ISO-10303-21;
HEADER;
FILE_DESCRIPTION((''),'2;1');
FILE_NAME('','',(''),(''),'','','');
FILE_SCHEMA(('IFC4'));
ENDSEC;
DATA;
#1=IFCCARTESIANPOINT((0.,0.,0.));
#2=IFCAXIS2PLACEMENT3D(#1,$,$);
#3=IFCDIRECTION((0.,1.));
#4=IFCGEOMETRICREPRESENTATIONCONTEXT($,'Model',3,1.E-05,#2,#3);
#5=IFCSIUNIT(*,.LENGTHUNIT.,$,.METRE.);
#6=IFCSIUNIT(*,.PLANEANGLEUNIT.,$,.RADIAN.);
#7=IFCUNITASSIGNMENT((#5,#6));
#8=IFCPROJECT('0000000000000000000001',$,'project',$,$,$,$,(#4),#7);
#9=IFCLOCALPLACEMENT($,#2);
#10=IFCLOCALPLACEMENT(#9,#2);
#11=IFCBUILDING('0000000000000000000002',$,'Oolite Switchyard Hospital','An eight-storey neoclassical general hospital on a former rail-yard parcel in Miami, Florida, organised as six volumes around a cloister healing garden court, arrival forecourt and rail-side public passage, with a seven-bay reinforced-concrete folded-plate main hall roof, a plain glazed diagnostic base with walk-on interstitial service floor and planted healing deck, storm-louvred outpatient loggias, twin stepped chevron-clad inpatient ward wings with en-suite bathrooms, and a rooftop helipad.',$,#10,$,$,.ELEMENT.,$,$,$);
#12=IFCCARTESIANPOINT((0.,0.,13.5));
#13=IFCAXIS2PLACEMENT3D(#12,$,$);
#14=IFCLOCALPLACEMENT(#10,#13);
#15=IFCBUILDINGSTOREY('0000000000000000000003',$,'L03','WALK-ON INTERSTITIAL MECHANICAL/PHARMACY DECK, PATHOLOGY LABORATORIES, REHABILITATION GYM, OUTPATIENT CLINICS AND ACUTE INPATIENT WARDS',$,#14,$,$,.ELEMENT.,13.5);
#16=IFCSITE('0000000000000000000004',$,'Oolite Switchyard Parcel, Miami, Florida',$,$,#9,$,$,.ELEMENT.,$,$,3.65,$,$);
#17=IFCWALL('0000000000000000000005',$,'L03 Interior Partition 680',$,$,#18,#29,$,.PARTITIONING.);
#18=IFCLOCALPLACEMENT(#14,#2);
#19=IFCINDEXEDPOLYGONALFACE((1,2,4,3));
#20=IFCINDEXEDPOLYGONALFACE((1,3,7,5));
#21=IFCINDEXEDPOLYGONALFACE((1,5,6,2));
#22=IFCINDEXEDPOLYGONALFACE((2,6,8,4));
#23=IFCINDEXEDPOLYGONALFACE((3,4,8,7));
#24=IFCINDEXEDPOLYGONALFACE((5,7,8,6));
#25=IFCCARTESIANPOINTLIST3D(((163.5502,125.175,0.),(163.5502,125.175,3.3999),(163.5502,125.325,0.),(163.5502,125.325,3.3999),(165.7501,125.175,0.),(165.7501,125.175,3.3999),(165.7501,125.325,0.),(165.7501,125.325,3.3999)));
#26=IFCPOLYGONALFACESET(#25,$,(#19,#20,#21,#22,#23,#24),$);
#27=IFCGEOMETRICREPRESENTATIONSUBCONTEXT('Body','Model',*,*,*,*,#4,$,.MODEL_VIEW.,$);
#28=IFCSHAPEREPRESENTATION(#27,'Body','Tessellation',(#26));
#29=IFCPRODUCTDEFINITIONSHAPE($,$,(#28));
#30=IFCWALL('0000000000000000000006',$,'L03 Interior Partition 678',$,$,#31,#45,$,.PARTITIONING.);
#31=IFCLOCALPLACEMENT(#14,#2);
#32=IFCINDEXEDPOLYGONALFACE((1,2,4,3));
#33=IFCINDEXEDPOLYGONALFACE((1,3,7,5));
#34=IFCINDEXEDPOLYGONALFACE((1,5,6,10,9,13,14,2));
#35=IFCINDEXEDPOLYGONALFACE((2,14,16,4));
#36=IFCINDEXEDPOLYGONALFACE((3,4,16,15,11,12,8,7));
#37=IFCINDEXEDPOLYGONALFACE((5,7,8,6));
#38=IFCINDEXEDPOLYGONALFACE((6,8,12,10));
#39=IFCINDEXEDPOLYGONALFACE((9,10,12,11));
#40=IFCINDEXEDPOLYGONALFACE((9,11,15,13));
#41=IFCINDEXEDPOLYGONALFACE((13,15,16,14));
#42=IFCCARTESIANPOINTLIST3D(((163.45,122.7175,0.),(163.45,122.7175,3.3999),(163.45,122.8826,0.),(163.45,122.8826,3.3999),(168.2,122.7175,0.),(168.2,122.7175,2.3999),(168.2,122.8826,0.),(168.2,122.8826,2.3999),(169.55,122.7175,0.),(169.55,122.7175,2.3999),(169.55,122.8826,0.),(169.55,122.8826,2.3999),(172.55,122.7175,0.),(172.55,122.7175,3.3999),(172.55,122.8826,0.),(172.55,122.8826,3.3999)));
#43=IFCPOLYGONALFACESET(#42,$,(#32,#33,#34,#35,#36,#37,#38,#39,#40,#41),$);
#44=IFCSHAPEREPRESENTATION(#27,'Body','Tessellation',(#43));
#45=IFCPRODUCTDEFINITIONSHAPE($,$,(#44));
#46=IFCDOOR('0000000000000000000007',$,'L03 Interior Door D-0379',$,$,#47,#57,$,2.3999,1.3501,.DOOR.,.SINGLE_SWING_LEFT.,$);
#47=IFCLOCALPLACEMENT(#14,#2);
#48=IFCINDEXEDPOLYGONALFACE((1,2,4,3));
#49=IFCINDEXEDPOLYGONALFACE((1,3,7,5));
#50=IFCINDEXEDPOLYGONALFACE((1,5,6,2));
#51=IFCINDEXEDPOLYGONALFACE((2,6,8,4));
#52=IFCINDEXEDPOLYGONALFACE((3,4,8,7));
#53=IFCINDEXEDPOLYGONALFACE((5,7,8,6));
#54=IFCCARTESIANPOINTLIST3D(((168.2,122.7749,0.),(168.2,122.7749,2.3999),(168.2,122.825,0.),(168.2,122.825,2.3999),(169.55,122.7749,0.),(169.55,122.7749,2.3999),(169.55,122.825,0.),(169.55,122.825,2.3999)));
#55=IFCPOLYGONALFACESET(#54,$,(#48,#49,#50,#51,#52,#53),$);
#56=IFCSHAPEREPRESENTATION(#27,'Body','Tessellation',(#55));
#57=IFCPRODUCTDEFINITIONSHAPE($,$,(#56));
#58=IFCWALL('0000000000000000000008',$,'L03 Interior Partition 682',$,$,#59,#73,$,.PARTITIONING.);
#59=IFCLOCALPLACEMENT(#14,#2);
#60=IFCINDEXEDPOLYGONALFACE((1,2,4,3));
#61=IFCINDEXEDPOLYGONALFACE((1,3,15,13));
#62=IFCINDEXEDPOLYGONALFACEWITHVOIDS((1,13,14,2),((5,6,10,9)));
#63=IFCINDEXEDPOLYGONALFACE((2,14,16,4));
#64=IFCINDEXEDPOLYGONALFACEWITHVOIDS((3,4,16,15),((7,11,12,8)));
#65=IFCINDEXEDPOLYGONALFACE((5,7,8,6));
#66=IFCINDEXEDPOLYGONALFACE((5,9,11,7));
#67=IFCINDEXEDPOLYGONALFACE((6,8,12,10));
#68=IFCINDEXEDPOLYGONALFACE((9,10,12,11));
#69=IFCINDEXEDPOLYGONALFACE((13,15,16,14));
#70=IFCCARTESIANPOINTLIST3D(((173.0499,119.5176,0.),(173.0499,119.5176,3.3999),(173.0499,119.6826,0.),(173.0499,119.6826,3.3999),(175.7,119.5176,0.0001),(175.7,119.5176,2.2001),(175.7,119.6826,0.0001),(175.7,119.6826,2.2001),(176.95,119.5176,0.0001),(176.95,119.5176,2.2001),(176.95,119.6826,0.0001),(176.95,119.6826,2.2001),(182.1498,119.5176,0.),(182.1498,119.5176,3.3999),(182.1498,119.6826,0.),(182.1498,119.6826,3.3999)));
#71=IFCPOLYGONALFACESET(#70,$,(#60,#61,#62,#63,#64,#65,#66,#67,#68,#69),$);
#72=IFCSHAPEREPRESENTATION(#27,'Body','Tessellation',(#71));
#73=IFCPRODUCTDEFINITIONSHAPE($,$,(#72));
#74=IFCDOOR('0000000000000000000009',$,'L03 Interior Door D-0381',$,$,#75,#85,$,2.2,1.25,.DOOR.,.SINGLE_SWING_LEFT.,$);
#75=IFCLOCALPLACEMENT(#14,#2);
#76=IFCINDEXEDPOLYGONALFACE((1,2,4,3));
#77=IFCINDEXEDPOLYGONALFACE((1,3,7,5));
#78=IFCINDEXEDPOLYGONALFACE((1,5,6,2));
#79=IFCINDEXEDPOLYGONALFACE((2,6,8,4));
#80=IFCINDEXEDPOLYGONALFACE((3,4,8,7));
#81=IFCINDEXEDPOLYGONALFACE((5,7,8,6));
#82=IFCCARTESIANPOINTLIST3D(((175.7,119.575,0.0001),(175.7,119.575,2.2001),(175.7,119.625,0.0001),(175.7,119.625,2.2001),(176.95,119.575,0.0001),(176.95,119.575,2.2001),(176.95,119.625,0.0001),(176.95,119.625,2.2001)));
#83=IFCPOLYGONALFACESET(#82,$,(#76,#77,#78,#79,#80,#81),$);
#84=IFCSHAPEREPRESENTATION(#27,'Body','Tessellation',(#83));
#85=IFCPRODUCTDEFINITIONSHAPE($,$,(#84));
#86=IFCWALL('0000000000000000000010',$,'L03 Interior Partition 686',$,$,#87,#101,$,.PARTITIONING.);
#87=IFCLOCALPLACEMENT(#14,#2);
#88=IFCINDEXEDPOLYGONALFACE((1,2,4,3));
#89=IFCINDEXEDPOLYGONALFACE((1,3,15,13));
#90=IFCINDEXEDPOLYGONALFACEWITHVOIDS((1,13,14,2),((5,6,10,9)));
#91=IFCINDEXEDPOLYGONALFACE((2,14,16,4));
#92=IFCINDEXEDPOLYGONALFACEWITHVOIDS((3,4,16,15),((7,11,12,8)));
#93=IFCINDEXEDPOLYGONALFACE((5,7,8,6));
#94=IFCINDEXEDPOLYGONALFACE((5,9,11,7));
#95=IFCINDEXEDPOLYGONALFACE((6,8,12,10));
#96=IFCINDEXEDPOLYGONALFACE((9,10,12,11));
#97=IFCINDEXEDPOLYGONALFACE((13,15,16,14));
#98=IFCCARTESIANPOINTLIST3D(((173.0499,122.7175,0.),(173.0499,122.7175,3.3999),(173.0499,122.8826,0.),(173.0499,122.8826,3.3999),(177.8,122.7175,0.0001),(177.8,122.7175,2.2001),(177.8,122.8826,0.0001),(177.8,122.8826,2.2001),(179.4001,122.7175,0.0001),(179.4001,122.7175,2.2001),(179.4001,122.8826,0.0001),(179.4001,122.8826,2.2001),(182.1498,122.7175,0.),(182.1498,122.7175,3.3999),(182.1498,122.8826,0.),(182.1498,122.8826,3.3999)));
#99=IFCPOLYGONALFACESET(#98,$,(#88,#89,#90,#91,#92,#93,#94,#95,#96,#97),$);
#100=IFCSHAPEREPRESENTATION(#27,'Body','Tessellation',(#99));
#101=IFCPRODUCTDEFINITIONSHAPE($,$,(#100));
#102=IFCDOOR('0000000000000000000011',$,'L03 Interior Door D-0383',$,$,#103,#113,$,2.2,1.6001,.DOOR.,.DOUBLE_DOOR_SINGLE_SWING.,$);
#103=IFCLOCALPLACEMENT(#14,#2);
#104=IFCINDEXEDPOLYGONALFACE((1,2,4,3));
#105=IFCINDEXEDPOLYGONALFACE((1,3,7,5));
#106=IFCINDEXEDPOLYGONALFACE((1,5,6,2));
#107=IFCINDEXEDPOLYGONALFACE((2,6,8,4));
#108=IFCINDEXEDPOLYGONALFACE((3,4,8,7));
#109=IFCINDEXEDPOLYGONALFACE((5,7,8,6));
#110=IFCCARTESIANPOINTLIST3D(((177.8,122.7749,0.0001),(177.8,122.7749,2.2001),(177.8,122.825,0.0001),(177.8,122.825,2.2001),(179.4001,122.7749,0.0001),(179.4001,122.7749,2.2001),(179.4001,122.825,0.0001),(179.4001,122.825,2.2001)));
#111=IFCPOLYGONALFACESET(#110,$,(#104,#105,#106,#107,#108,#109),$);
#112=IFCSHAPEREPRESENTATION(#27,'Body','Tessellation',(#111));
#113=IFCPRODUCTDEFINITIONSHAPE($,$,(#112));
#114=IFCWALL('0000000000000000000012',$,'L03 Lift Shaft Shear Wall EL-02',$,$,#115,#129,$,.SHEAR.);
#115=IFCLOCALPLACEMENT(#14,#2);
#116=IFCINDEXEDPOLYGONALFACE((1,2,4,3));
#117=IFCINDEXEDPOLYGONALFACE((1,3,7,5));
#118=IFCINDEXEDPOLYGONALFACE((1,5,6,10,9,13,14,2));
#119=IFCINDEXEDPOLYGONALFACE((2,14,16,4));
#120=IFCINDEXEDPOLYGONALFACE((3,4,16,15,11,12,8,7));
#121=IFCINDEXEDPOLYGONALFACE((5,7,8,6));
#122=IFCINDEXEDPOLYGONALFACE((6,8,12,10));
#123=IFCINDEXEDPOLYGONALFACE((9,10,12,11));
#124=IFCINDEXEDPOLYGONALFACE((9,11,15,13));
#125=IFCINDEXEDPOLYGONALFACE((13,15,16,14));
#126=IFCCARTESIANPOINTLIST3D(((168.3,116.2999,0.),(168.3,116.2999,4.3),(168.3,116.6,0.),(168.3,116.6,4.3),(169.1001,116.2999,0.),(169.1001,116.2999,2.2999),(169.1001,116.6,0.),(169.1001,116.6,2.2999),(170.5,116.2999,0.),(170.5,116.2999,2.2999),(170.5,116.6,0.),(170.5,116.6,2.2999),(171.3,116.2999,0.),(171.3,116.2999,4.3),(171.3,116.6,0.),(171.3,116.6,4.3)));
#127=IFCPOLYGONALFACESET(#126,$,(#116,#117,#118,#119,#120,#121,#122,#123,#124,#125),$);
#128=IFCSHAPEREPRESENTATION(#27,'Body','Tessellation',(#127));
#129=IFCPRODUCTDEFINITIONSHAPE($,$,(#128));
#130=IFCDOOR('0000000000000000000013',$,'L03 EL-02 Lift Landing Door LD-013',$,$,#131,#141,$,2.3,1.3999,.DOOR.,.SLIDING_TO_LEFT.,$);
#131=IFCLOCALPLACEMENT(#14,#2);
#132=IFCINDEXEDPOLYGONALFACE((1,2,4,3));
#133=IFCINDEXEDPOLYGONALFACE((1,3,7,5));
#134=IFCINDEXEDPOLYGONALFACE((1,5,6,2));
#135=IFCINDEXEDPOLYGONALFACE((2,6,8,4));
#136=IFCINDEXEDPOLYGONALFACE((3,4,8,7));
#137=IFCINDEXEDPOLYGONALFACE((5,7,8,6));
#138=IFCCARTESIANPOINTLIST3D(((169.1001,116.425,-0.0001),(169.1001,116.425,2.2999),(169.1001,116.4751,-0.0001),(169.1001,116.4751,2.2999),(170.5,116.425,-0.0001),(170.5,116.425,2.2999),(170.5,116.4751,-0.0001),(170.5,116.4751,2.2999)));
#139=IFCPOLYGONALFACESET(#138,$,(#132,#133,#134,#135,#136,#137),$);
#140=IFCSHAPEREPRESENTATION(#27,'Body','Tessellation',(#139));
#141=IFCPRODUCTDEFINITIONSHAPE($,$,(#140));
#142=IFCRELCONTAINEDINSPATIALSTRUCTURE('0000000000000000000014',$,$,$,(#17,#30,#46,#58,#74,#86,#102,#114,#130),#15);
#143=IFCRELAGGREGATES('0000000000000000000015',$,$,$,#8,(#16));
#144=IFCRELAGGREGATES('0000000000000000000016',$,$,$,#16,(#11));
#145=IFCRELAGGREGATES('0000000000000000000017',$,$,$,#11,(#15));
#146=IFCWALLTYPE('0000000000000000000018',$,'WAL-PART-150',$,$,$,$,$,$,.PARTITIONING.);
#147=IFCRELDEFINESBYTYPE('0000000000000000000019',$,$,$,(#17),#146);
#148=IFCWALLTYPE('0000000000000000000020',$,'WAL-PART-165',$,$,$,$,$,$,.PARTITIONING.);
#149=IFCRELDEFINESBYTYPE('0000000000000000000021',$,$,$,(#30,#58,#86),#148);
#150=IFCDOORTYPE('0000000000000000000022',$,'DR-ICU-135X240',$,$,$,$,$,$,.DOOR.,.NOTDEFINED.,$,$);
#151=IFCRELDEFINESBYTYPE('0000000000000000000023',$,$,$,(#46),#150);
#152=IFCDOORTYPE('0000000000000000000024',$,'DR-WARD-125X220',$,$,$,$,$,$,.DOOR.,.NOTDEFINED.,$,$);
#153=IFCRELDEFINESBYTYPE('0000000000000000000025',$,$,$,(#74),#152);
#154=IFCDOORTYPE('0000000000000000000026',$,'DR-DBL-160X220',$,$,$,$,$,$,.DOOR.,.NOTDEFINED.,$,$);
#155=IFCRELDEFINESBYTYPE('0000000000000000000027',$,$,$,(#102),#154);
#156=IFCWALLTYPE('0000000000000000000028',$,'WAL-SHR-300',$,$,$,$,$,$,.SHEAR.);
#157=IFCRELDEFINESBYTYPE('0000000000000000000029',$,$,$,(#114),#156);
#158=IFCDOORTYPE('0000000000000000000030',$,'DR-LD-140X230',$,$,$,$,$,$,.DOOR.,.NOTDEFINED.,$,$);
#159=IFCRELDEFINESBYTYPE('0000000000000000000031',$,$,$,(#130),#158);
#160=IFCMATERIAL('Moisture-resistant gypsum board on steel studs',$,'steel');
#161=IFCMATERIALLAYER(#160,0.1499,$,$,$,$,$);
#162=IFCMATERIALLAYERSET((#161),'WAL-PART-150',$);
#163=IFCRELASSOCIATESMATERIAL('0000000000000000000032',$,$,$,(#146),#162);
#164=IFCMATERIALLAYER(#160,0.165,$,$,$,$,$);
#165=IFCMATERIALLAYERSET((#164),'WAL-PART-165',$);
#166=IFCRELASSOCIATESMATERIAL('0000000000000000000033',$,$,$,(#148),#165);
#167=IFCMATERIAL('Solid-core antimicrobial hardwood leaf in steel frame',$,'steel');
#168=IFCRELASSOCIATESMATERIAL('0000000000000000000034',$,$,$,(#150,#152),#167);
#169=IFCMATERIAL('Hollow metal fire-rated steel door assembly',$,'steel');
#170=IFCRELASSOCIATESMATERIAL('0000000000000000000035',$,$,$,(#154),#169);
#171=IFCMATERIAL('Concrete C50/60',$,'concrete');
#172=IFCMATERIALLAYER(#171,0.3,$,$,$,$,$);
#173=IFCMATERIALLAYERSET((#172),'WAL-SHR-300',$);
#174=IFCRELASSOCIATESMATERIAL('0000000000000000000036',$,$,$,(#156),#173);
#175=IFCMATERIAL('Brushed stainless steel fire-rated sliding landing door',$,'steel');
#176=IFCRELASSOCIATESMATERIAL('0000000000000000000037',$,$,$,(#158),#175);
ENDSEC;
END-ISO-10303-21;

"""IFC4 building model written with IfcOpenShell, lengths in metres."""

from ifc_helpers import new_model, si_unit, direction, frame, frame_2d, origin, place, context, subcontext, project, spatial, rectangle, extrude, material, layer, layer_set, type_object, element, fill, save


model = new_model("IFC4")

# Units and contexts
model_context = context("Model", 3, precision=1e-05, world=origin(), true_north=direction((0.0, 1.0)))
body_context = subcontext(model_context, "Body", "Model", "MODEL_VIEW")
ifc_project = project(units=[si_unit("LENGTHUNIT", "METRE"), si_unit("PLANEANGLEUNIT", "RADIAN")], contexts=[model_context])

# Site, building, storey
site_placement = place(None, origin())
site = spatial("IfcSite", under=ifc_project, at=site_placement, Name="Oolite Switchyard Parcel, Miami, Florida", CompositionType="ELEMENT", RefElevation=3.65)
building_placement = place(site_placement, origin())
building = spatial("IfcBuilding", under=site, at=building_placement, Name="Oolite Switchyard Hospital", Description="An eight-storey neoclassical general hospital on a former rail-yard parcel in Miami, Florida, organised as six volumes around a cloister healing garden court, arrival forecourt and rail-side public passage, with a seven-bay reinforced-concrete folded-plate main hall roof, a plain glazed diagnostic base with walk-on interstitial service floor and planted healing deck, storm-louvred outpatient loggias, twin stepped chevron-clad inpatient ward wings with en-suite bathrooms, and a rooftop helipad.", CompositionType="ELEMENT")
storey_placement = place(building_placement, frame((0.0, 0.0, 13.5)))
storey = spatial("IfcBuildingStorey", under=building, at=storey_placement, Name="L03", Description="WALK-ON INTERSTITIAL MECHANICAL/PHARMACY DECK, PATHOLOGY LABORATORIES, REHABILITATION GYM, OUTPATIENT CLINICS AND ACUTE INPATIENT WARDS", CompositionType="ELEMENT", Elevation=13.5)

# Shared definitions
ifc_material_1 = material(Name="Concrete C50/60", Category="concrete")

# Shared definitions
ifc_material_2 = material(Name="Moisture-resistant gypsum board on steel studs", Category="steel")

# Shared definitions
ifc_layer_1 = layer(ifc_material_2, 0.1499)
ifc_layer_set_1 = layer_set([ifc_layer_1], Name="WAL-PART-150")
wall_type_1 = type_object("IfcWallType", Name="WAL-PART-150", PredefinedType="PARTITIONING", material=ifc_layer_set_1)
ifc_material_3 = material(Name="Solid-core antimicrobial hardwood leaf in steel frame", Category="steel")

# Wall
wall_1_placement = place(storey_placement, frame((163.55, 125.25, 0.0), z_axis=(0.0, 0.0, 1.0), x_axis=(1.0, 0.0, 0.0)))
element("IfcWall", 1, at=wall_1_placement, inside=storey, type_object=wall_type_1, Name="L03 Interior Partition 680", PredefinedType="PARTITIONING", context=body_context, shape_type="SweptSolid", body=[
    extrude(rectangle(XDim=2.2, YDim=0.1499, at=frame_2d((1.1001, 0.0))), origin(), (0.0, 0.0, 1.0), 3.3999),
])

# Walls, openings, doors
ifc_layer_2 = layer(ifc_material_2, 0.165)
ifc_layer_set_2 = layer_set([ifc_layer_2], Name="WAL-PART-165")
wall_type_2 = type_object("IfcWallType", Name="WAL-PART-165", PredefinedType="PARTITIONING", material=ifc_layer_set_2)
wall_2_placement = place(storey_placement, frame((163.45, 122.8, 0.0), z_axis=(0.0, 0.0, 1.0), x_axis=(1.0, 0.0, 0.0)))
wall_2 = element("IfcWall", 2, at=wall_2_placement, inside=storey, type_object=wall_type_2, Name="L03 Interior Partition 678", PredefinedType="PARTITIONING", context=body_context, shape_type="SweptSolid", body=[
    extrude(rectangle(XDim=9.1001, YDim=0.165, at=frame_2d((4.55, 0.0))), origin(), (0.0, 0.0, 1.0), 3.3999),
])
opening_1_placement = place(wall_2_placement, frame((4.75, 0.0, 0.0)))
opening_1 = element("IfcOpeningElement", 3, at=opening_1_placement, cuts=wall_2, PredefinedType="OPENING", context=body_context, shape_type="SweptSolid", body=[
    extrude(rectangle(XDim=1.3501, YDim=2.3999, at=frame_2d((0.675, 1.2))), frame((0.0, 0.0925, 0.0), z_axis=(0.0, -1.0, 0.0), x_axis=(1.0, 0.0, 0.0)), (0.0, 0.0, 1.0), 0.1851),
])
door_type_1 = type_object("IfcDoorType", Name="DR-ICU-135X240", OperationType="NOTDEFINED", PredefinedType="DOOR", material=ifc_material_3)
door_1_placement = place(opening_1_placement, origin())
door_1 = element("IfcDoor", 4, at=door_1_placement, inside=storey, type_object=door_type_1, Name="L03 Interior Door D-0379", OperationType="SINGLE_SWING_LEFT", OverallHeight=2.3999, OverallWidth=1.3501, PredefinedType="DOOR", context=body_context, shape_type="SweptSolid", body=[
    extrude(rectangle(XDim=1.3501, YDim=2.3999, at=frame_2d((0.675, 1.2))), frame((0.0, 0.0249, 0.0), z_axis=(0.0, -1.0, 0.0), x_axis=(1.0, 0.0, 0.0)), (0.0, 0.0, 1.0), 0.05),
])
fill(opening_1, door_1)
wall_3_placement = place(storey_placement, frame((173.05, 119.6001, 0.0), z_axis=(0.0, 0.0, 1.0), x_axis=(1.0, 0.0, 0.0)))
wall_3 = element("IfcWall", 5, at=wall_3_placement, inside=storey, type_object=wall_type_2, Name="L03 Interior Partition 682", PredefinedType="PARTITIONING", context=body_context, shape_type="SweptSolid", body=[
    extrude(rectangle(XDim=9.0999, YDim=0.165, at=frame_2d((4.5498, 0.0))), origin(), (0.0, 0.0, 1.0), 3.3999),
])
opening_2_placement = place(wall_3_placement, frame((2.6499, 0.0, 0.0)))
opening_2 = element("IfcOpeningElement", 6, at=opening_2_placement, cuts=wall_3, PredefinedType="OPENING", context=body_context, shape_type="SweptSolid", body=[
    extrude(rectangle(XDim=1.25, YDim=2.2, at=frame_2d((0.625, 1.1001))), frame((0.0, 0.0925, 0.0), z_axis=(0.0, -1.0, 0.0), x_axis=(1.0, 0.0, 0.0)), (0.0, 0.0, 1.0), 0.1851),
])
door_type_2 = type_object("IfcDoorType", Name="DR-WARD-125X220", OperationType="NOTDEFINED", PredefinedType="DOOR", material=ifc_material_3)
door_2_placement = place(opening_2_placement, origin())
door_2 = element("IfcDoor", 7, at=door_2_placement, inside=storey, type_object=door_type_2, Name="L03 Interior Door D-0381", OperationType="SINGLE_SWING_LEFT", OverallHeight=2.2, OverallWidth=1.25, PredefinedType="DOOR", context=body_context, shape_type="SweptSolid", body=[
    extrude(rectangle(XDim=1.25, YDim=2.2, at=frame_2d((0.625, 1.1001))), frame((0.0, 0.0249, 0.0), z_axis=(0.0, -1.0, 0.0), x_axis=(1.0, 0.0, 0.0)), (0.0, 0.0, 1.0), 0.05),
])
fill(opening_2, door_2)
wall_4_placement = place(storey_placement, frame((173.05, 122.8, 0.0), z_axis=(0.0, 0.0, 1.0), x_axis=(1.0, 0.0, 0.0)))
wall_4 = element("IfcWall", 8, at=wall_4_placement, inside=storey, type_object=wall_type_2, Name="L03 Interior Partition 686", PredefinedType="PARTITIONING", context=body_context, shape_type="SweptSolid", body=[
    extrude(rectangle(XDim=9.0999, YDim=0.165, at=frame_2d((4.5498, 0.0))), origin(), (0.0, 0.0, 1.0), 3.3999),
])
opening_3_placement = place(wall_4_placement, frame((4.75, 0.0, 0.0)))
opening_3 = element("IfcOpeningElement", 9, at=opening_3_placement, cuts=wall_4, PredefinedType="OPENING", context=body_context, shape_type="SweptSolid", body=[
    extrude(rectangle(XDim=1.6001, YDim=2.2, at=frame_2d((0.8, 1.1001))), frame((0.0, 0.0925, 0.0), z_axis=(0.0, -1.0, 0.0), x_axis=(1.0, 0.0, 0.0)), (0.0, 0.0, 1.0), 0.1851),
])
ifc_material_4 = material(Name="Hollow metal fire-rated steel door assembly", Category="steel")
door_type_3 = type_object("IfcDoorType", Name="DR-DBL-160X220", OperationType="NOTDEFINED", PredefinedType="DOOR", material=ifc_material_4)
door_3_placement = place(opening_3_placement, origin())
door_3 = element("IfcDoor", 10, at=door_3_placement, inside=storey, type_object=door_type_3, Name="L03 Interior Door D-0383", OperationType="DOUBLE_DOOR_SINGLE_SWING", OverallHeight=2.2, OverallWidth=1.6001, PredefinedType="DOOR", context=body_context, shape_type="SweptSolid", body=[
    extrude(rectangle(XDim=1.6001, YDim=2.2, at=frame_2d((0.8, 1.1001))), frame((0.0, 0.0249, 0.0), z_axis=(0.0, -1.0, 0.0), x_axis=(1.0, 0.0, 0.0)), (0.0, 0.0, 1.0), 0.05),
])
fill(opening_3, door_3)
ifc_layer_3 = layer(ifc_material_1, 0.3)
ifc_layer_set_3 = layer_set([ifc_layer_3], Name="WAL-SHR-300")
wall_type_3 = type_object("IfcWallType", Name="WAL-SHR-300", PredefinedType="SHEAR", material=ifc_layer_set_3)
wall_5_placement = place(storey_placement, frame((171.3, 116.45, 0.0), z_axis=(0.0, 0.0, 1.0), x_axis=(-1.0, 0.0, 0.0)))
wall_5 = element("IfcWall", 11, at=wall_5_placement, inside=storey, type_object=wall_type_3, Name="L03 Lift Shaft Shear Wall EL-02", PredefinedType="SHEAR", context=body_context, shape_type="SweptSolid", body=[
    extrude(rectangle(XDim=3.0, YDim=0.3, at=frame_2d((1.5, 0.0))), origin(), (0.0, 0.0, 1.0), 4.3),
])
opening_4_placement = place(wall_5_placement, frame((0.8, 0.0, 0.0)))
opening_4 = element("IfcOpeningElement", 12, at=opening_4_placement, cuts=wall_5, PredefinedType="OPENING", context=body_context, shape_type="SweptSolid", body=[
    extrude(rectangle(XDim=1.3999, YDim=2.3, at=frame_2d((0.7, 1.1499))), frame((0.0, 0.1602, 0.0), z_axis=(0.0, -1.0, 0.0), x_axis=(1.0, 0.0, 0.0)), (0.0, 0.0, 1.0), 0.3201),
])
ifc_material_5 = material(Name="Brushed stainless steel fire-rated sliding landing door", Category="steel")
door_type_4 = type_object("IfcDoorType", Name="DR-LD-140X230", OperationType="NOTDEFINED", PredefinedType="DOOR", material=ifc_material_5)
door_4_placement = place(opening_4_placement, origin())
door_4 = element("IfcDoor", 13, at=door_4_placement, inside=storey, type_object=door_type_4, Name="L03 EL-02 Lift Landing Door LD-013", OperationType="SLIDING_TO_LEFT", OverallHeight=2.3, OverallWidth=1.3999, PredefinedType="DOOR", context=body_context, shape_type="SweptSolid", body=[
    extrude(rectangle(XDim=1.3999, YDim=2.3, at=frame_2d((0.7, 1.1499))), frame((0.0, 0.0249, 0.0), z_axis=(0.0, -1.0, 0.0), x_axis=(1.0, 0.0, 0.0)), (0.0, 0.0, 1.0), 0.05),
])
fill(opening_4, door_4)

save(model, "model.ifc")
